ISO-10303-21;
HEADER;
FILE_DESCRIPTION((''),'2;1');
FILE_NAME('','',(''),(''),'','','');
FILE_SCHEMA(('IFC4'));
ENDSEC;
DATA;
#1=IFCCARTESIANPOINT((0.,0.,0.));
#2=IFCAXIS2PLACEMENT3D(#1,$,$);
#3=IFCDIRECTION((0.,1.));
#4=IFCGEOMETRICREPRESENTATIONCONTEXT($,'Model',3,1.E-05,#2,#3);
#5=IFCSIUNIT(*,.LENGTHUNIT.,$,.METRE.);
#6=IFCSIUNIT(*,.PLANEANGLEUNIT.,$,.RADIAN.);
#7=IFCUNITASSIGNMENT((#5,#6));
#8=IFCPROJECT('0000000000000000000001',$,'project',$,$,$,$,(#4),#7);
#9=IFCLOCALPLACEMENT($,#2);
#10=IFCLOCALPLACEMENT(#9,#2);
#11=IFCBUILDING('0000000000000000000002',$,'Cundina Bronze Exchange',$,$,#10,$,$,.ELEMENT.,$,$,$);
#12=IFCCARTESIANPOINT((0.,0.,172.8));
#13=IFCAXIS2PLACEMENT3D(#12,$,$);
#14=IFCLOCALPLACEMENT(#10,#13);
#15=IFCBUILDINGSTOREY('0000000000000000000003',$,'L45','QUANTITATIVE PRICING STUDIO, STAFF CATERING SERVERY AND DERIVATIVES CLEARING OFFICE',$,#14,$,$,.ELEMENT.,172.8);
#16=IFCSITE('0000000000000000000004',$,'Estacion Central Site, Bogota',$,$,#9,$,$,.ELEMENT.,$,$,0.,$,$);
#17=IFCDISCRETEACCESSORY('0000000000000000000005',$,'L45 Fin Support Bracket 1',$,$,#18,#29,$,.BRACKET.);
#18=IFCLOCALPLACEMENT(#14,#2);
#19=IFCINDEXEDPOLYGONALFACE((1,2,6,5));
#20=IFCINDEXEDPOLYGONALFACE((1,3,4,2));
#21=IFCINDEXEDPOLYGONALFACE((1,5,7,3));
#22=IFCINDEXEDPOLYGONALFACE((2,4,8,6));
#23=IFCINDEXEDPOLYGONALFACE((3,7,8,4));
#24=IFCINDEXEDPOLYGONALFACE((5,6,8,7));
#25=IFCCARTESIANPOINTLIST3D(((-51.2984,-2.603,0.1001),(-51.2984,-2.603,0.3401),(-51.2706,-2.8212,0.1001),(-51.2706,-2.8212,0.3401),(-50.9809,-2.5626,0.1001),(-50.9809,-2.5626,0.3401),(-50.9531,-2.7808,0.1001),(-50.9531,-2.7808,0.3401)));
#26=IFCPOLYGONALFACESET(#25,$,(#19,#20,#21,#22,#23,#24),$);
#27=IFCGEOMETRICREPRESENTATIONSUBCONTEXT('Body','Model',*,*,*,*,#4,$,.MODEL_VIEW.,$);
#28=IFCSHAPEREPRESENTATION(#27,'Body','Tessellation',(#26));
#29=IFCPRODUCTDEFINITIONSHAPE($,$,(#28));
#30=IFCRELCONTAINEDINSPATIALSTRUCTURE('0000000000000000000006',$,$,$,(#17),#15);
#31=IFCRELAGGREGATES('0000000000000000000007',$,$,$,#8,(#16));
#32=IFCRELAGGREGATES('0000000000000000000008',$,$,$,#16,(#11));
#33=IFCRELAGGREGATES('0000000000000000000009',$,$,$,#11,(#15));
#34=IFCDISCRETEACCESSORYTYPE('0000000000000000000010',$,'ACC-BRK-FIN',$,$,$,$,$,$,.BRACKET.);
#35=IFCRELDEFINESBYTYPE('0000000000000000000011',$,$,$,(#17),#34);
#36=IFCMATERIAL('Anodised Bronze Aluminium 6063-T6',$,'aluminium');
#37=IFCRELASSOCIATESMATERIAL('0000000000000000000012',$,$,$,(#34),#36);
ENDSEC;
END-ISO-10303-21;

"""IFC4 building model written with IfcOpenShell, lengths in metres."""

from ifc_helpers import new_model, si_unit, direction, frame, origin, origin_2d, place, context, subcontext, project, spatial, rectangle, extrude, material, type_object, element, save


model = new_model("IFC4")

# Units and contexts
model_context = context("Model", 3, precision=1e-05, world=origin(), true_north=direction((0.0, 1.0)))
body_context = subcontext(model_context, "Body", "Model", "MODEL_VIEW")
ifc_project = project(units=[si_unit("LENGTHUNIT", "METRE"), si_unit("PLANEANGLEUNIT", "RADIAN")], contexts=[model_context])

# Site, building, storey
site_placement = place(None, origin())
site = spatial("IfcSite", under=ifc_project, at=site_placement, Name="Estacion Central Site, Bogota", CompositionType="ELEMENT", RefElevation=0.0)
building_placement = place(site_placement, origin())
building = spatial("IfcBuilding", under=site, at=building_placement, Name="Cundina Bronze Exchange", CompositionType="ELEMENT")
storey_placement = place(building_placement, frame((0.0, 0.0, 172.8)))
storey = spatial("IfcBuildingStorey", under=building, at=storey_placement, Name="L45", Description="QUANTITATIVE PRICING STUDIO, STAFF CATERING SERVERY AND DERIVATIVES CLEARING OFFICE", CompositionType="ELEMENT", Elevation=172.8)

# Shared definitions
ifc_material_1 = material(Name="Anodised Bronze Aluminium 6063-T6", Category="aluminium")

# Discrete accessory
discrete_accessory_type = type_object("IfcDiscreteAccessoryType", Name="ACC-BRK-FIN", PredefinedType="BRACKET", material=ifc_material_1)
discrete_accessory_placement = place(storey_placement, frame((-51.1257, -2.6919, 0.1001), z_axis=(0.0, 0.0, 1.0), x_axis=(0.126476, -0.99197, 0.0)))
element("IfcDiscreteAccessory", 1, at=discrete_accessory_placement, inside=storey, type_object=discrete_accessory_type, Name="L45 Fin Support Bracket 1", PredefinedType="BRACKET", context=body_context, shape_type="SweptSolid", body=[
    extrude(rectangle(XDim=0.22, YDim=0.3201, at=origin_2d()), origin(), (0.0, 0.0, 1.0), 0.24),
])

save(model, "model.ifc")
